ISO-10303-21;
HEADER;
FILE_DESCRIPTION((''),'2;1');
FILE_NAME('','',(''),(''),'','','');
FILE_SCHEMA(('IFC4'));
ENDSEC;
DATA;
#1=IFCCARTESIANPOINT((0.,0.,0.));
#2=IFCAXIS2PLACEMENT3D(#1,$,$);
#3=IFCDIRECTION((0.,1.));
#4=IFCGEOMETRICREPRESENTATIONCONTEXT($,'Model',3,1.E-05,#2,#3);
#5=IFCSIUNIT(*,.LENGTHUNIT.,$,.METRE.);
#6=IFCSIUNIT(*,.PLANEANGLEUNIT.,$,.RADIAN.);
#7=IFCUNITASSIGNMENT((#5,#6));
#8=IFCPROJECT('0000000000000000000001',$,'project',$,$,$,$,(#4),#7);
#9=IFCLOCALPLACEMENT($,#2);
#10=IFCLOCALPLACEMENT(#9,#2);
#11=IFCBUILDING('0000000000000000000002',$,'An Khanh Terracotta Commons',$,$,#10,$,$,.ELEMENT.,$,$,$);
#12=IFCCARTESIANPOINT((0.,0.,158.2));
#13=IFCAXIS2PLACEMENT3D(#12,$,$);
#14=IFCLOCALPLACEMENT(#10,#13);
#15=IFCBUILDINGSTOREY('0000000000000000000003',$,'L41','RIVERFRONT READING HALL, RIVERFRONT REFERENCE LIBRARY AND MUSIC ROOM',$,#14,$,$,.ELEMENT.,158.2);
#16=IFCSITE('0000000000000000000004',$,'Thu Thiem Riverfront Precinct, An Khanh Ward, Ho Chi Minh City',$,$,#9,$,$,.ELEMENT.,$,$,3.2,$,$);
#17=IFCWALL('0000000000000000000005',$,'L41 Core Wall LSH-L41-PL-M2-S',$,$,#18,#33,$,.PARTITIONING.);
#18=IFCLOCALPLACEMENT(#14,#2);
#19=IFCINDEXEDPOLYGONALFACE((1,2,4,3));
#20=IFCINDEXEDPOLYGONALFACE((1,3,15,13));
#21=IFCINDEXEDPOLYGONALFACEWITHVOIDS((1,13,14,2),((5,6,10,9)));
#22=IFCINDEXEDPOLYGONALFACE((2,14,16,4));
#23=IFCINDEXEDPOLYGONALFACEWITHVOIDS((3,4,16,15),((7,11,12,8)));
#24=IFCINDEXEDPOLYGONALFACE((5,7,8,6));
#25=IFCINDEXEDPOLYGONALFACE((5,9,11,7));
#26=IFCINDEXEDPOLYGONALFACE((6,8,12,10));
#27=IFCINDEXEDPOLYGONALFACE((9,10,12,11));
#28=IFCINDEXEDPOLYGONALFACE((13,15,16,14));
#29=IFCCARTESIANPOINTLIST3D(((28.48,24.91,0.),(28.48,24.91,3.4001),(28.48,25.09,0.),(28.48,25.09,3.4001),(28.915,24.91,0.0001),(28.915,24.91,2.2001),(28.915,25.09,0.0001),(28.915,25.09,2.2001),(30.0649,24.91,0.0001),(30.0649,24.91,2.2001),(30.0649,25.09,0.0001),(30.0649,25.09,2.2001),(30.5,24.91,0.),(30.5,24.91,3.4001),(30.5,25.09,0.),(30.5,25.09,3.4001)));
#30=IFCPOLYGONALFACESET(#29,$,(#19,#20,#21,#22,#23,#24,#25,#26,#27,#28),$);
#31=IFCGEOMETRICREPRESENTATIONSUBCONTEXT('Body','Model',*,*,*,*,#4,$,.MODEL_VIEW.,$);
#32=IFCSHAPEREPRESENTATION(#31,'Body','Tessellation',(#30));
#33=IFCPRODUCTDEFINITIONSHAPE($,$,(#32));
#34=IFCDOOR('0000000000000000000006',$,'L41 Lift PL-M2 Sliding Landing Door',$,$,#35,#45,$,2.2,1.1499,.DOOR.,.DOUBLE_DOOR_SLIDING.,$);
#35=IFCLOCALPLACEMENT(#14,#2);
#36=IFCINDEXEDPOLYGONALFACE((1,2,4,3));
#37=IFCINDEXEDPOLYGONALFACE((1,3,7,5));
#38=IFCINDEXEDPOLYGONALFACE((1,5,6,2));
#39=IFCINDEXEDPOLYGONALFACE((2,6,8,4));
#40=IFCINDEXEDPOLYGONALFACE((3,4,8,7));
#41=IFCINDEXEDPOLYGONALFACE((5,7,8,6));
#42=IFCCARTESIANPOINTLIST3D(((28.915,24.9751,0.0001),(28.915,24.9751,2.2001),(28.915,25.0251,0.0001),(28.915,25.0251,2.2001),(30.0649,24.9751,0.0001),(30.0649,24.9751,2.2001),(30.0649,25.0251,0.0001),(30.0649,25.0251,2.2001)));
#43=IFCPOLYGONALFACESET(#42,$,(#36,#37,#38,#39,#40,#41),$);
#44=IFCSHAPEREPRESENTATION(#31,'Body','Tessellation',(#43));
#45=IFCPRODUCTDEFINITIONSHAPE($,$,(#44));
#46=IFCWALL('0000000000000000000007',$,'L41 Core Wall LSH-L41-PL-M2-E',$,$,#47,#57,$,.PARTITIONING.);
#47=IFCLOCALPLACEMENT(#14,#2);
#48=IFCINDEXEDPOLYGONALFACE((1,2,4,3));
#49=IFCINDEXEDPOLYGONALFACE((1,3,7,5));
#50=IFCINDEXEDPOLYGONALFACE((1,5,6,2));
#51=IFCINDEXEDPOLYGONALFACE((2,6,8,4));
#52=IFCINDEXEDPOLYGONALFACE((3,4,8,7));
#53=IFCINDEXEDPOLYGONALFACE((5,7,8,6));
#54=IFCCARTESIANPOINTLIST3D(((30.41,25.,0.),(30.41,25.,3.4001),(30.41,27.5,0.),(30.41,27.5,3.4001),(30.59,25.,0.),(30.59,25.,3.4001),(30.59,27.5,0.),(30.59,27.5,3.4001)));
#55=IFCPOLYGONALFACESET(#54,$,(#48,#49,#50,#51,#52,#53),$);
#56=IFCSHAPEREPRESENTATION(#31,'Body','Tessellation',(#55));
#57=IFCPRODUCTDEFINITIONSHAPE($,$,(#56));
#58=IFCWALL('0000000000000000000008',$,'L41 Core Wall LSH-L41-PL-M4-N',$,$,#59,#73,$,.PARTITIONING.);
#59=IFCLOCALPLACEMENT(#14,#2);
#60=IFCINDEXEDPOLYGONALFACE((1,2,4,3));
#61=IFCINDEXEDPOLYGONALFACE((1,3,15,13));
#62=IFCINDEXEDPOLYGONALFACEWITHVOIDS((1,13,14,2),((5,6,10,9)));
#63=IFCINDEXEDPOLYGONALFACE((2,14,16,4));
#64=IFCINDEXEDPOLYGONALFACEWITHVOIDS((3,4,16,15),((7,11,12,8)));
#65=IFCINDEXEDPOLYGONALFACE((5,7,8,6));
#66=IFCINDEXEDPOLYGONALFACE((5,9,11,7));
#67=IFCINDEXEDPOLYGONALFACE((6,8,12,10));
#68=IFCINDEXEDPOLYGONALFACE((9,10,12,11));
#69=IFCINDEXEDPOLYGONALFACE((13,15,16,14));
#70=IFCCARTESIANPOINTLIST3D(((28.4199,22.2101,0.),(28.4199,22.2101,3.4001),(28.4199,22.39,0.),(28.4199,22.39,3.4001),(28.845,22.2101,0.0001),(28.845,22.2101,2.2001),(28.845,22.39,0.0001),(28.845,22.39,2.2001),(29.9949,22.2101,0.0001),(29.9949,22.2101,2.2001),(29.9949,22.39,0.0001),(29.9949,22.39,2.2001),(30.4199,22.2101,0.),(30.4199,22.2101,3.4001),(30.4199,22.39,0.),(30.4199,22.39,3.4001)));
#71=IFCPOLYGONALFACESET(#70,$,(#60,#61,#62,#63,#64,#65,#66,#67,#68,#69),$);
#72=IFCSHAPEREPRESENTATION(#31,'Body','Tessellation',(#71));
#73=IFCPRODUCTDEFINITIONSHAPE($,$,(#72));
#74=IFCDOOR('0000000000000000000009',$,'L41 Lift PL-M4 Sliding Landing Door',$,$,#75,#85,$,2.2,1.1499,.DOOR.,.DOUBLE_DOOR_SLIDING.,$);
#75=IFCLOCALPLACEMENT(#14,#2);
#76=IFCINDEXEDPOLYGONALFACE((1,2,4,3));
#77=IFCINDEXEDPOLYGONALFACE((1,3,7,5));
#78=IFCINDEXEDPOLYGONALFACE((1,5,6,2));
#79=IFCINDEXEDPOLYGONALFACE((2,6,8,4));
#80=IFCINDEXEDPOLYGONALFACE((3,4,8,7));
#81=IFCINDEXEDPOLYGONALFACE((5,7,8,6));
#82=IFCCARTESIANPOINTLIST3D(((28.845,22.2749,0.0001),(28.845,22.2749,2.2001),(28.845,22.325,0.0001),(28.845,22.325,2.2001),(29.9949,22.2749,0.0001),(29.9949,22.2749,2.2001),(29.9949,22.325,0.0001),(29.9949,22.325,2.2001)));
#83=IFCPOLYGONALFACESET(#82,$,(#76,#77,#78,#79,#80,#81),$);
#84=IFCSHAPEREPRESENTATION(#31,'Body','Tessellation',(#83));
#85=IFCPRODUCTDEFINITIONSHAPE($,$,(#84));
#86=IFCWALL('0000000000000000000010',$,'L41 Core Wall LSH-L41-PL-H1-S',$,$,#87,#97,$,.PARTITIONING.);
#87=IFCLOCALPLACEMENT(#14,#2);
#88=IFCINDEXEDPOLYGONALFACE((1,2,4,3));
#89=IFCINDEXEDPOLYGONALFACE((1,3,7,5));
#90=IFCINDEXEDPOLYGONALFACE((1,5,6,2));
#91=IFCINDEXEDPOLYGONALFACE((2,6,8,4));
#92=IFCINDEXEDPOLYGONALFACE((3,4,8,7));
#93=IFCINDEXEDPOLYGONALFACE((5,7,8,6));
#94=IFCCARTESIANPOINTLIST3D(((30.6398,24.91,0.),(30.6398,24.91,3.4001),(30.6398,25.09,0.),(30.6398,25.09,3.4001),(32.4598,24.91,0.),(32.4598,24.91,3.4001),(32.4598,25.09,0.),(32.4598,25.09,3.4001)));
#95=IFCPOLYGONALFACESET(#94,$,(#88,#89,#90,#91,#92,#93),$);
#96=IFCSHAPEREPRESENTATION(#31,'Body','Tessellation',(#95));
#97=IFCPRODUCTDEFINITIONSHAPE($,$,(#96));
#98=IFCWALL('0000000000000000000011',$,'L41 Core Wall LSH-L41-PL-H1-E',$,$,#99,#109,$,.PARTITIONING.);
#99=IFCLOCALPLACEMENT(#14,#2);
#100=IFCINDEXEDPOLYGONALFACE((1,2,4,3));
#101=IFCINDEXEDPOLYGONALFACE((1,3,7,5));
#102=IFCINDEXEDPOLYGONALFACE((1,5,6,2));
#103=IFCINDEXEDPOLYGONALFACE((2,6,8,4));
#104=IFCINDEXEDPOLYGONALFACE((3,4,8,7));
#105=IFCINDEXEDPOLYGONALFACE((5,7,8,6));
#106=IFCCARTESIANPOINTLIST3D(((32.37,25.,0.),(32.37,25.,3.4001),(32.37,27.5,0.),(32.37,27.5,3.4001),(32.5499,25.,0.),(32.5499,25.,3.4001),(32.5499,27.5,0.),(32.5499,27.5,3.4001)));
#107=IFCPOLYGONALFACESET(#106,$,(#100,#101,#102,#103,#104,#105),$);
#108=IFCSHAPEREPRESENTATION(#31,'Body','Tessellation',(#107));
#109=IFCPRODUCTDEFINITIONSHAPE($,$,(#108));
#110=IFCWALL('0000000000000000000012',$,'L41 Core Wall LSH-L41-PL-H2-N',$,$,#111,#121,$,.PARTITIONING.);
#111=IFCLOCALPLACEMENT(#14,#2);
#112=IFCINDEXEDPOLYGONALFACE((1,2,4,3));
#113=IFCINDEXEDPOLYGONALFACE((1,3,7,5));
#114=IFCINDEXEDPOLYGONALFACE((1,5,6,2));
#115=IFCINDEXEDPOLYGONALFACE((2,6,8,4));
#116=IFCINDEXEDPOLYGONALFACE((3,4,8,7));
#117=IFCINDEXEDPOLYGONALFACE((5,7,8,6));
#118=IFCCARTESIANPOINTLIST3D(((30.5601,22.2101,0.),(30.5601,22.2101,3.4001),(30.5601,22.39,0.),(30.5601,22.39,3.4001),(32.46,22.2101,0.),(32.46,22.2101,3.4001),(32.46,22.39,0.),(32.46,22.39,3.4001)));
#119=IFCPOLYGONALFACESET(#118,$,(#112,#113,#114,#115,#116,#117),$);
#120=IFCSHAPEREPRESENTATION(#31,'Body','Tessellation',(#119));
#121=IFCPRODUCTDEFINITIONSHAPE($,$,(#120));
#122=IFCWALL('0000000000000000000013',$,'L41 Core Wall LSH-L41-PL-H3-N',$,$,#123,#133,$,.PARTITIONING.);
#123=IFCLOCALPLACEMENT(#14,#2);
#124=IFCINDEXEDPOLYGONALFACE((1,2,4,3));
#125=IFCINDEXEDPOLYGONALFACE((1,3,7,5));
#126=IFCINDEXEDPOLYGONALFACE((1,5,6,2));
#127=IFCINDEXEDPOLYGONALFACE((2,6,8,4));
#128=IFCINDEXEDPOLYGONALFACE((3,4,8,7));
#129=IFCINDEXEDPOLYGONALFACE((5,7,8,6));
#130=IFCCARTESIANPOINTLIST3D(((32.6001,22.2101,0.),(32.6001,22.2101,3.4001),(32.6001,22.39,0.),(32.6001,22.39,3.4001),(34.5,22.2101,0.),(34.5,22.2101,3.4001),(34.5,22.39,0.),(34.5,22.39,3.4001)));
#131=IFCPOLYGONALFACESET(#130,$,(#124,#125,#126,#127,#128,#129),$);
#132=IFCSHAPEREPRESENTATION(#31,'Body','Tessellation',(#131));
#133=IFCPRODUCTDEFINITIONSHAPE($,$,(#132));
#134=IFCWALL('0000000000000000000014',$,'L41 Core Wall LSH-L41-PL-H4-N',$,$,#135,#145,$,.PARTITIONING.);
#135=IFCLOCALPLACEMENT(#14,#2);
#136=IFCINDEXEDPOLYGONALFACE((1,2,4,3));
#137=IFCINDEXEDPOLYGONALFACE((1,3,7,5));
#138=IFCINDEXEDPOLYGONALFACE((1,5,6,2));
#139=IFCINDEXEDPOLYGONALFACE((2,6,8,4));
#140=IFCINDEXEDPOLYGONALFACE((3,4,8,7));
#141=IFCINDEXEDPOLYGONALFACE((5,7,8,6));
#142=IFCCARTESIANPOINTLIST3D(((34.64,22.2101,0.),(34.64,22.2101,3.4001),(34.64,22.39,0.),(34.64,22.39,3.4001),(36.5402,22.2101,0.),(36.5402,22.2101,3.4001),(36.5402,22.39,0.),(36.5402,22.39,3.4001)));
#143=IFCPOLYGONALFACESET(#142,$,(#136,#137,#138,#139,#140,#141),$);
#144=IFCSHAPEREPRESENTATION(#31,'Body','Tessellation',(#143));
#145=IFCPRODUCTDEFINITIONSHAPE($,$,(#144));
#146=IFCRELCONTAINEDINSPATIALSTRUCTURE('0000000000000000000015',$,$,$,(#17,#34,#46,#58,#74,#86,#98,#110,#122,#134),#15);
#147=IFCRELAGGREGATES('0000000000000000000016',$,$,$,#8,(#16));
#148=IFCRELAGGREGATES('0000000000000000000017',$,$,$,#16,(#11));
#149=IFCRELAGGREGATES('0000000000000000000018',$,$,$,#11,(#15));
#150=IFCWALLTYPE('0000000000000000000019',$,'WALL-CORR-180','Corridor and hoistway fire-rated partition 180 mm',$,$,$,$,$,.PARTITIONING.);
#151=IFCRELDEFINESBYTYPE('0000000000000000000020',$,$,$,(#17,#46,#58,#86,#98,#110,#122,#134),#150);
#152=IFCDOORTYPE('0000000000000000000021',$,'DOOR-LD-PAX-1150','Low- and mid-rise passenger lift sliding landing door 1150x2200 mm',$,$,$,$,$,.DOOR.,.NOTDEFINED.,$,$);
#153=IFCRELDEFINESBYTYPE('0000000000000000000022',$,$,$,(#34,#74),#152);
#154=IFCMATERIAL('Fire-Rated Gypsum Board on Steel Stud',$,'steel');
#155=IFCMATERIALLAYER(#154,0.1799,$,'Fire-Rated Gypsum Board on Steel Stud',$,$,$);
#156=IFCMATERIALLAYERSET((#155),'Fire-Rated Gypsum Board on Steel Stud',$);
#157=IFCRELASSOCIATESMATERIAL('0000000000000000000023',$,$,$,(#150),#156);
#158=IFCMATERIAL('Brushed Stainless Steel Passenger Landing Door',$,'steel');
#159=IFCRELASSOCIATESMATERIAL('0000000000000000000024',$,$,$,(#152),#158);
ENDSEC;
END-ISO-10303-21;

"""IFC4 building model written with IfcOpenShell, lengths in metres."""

from ifc_helpers import new_model, si_unit, direction, frame, frame_2d, origin, place, context, subcontext, project, spatial, rectangle, extrude, material, layer, layer_set, type_object, element, fill, save


model = new_model("IFC4")

# Units and contexts
model_context = context("Model", 3, precision=1e-05, world=origin(), true_north=direction((0.0, 1.0)))
body_context = subcontext(model_context, "Body", "Model", "MODEL_VIEW")
ifc_project = project(units=[si_unit("LENGTHUNIT", "METRE"), si_unit("PLANEANGLEUNIT", "RADIAN")], contexts=[model_context])

# Site, building, storey
site_placement = place(None, origin())
site = spatial("IfcSite", under=ifc_project, at=site_placement, Name="Thu Thiem Riverfront Precinct, An Khanh Ward, Ho Chi Minh City", CompositionType="ELEMENT", RefElevation=3.2)
building_placement = place(site_placement, origin())
building = spatial("IfcBuilding", under=site, at=building_placement, Name="An Khanh Terracotta Commons", CompositionType="ELEMENT")
storey_placement = place(building_placement, frame((0.0, 0.0, 158.2)))
storey = spatial("IfcBuildingStorey", under=building, at=storey_placement, Name="L41", Description="RIVERFRONT READING HALL, RIVERFRONT REFERENCE LIBRARY AND MUSIC ROOM", CompositionType="ELEMENT", Elevation=158.2)

# Shared definitions
ifc_material_1 = material(Name="Fire-Rated Gypsum Board on Steel Stud", Category="steel")
ifc_layer = layer(ifc_material_1, 0.1799, Name="Fire-Rated Gypsum Board on Steel Stud")
ifc_layer_set = layer_set([ifc_layer], Name="Fire-Rated Gypsum Board on Steel Stud")
wall_type = type_object("IfcWallType", Name="WALL-CORR-180", Description="Corridor and hoistway fire-rated partition 180 mm", PredefinedType="PARTITIONING", material=ifc_layer_set)

# Shared definitions
ifc_material_2 = material(Name="Brushed Stainless Steel Passenger Landing Door", Category="steel")
door_type = type_object("IfcDoorType", Name="DOOR-LD-PAX-1150", Description="Low- and mid-rise passenger lift sliding landing door 1150x2200 mm", OperationType="NOTDEFINED", PredefinedType="DOOR", material=ifc_material_2)

# Wall, opening, door
wall_1_placement = place(storey_placement, frame((30.5, 25.0, 0.0), z_axis=(0.0, 0.0, 1.0), x_axis=(-1.0, 0.0, 0.0)))
wall_1 = element("IfcWall", 1, at=wall_1_placement, inside=storey, type_object=wall_type, Name="L41 Core Wall LSH-L41-PL-M2-S", PredefinedType="PARTITIONING", context=body_context, shape_type="SweptSolid", body=[
    extrude(rectangle(XDim=2.02, YDim=0.1799, at=frame_2d((1.01, 0.0))), origin(), (0.0, 0.0, 1.0), 3.4001),
])
opening_1_placement = place(wall_1_placement, frame((0.4351, 0.0, 0.0)))
opening_1 = element("IfcOpeningElement", 2, at=opening_1_placement, cuts=wall_1, PredefinedType="OPENING", context=body_context, shape_type="SweptSolid", body=[
    extrude(rectangle(XDim=1.1499, YDim=2.2, at=frame_2d((0.575, 1.1001))), frame((0.0, 0.0999, 0.0), z_axis=(0.0, -1.0, 0.0), x_axis=(1.0, 0.0, 0.0)), (0.0, 0.0, 1.0), 0.2),
])
door_1_placement = place(opening_1_placement, origin())
door_1 = element("IfcDoor", 3, at=door_1_placement, inside=storey, type_object=door_type, Name="L41 Lift PL-M2 Sliding Landing Door", OperationType="DOUBLE_DOOR_SLIDING", OverallHeight=2.2, OverallWidth=1.1499, PredefinedType="DOOR", context=body_context, shape_type="SweptSolid", body=[
    extrude(rectangle(XDim=1.1499, YDim=2.2, at=frame_2d((0.575, 1.1001))), frame((0.0, 0.0249, 0.0), z_axis=(0.0, -1.0, 0.0), x_axis=(1.0, 0.0, 0.0)), (0.0, 0.0, 1.0), 0.05),
])
fill(opening_1, door_1)

# Wall
wall_2_placement = place(storey_placement, frame((30.5, 25.0, 0.0), z_axis=(0.0, 0.0, 1.0), x_axis=(0.0, 1.0, 0.0)))
element("IfcWall", 4, at=wall_2_placement, inside=storey, type_object=wall_type, Name="L41 Core Wall LSH-L41-PL-M2-E", PredefinedType="PARTITIONING", context=body_context, shape_type="SweptSolid", body=[
    extrude(rectangle(XDim=2.5, YDim=0.1799, at=frame_2d((1.25, 0.0))), origin(), (0.0, 0.0, 1.0), 3.4001),
])

# Wall, opening, door
wall_3_placement = place(storey_placement, frame((28.4199, 22.3, 0.0), z_axis=(0.0, 0.0, 1.0), x_axis=(1.0, 0.0, 0.0)))
wall_3 = element("IfcWall", 5, at=wall_3_placement, inside=storey, type_object=wall_type, Name="L41 Core Wall LSH-L41-PL-M4-N", PredefinedType="PARTITIONING", context=body_context, shape_type="SweptSolid", body=[
    extrude(rectangle(XDim=2.0, YDim=0.1799, at=frame_2d((1.0, 0.0))), origin(), (0.0, 0.0, 1.0), 3.4001),
])
opening_2_placement = place(wall_3_placement, frame((0.425, 0.0, 0.0)))
opening_2 = element("IfcOpeningElement", 6, at=opening_2_placement, cuts=wall_3, PredefinedType="OPENING", context=body_context, shape_type="SweptSolid", body=[
    extrude(rectangle(XDim=1.1499, YDim=2.2, at=frame_2d((0.575, 1.1001))), frame((0.0, 0.0999, 0.0), z_axis=(0.0, -1.0, 0.0), x_axis=(1.0, 0.0, 0.0)), (0.0, 0.0, 1.0), 0.2),
])
door_2_placement = place(opening_2_placement, origin())
door_2 = element("IfcDoor", 7, at=door_2_placement, inside=storey, type_object=door_type, Name="L41 Lift PL-M4 Sliding Landing Door", OperationType="DOUBLE_DOOR_SLIDING", OverallHeight=2.2, OverallWidth=1.1499, PredefinedType="DOOR", context=body_context, shape_type="SweptSolid", body=[
    extrude(rectangle(XDim=1.1499, YDim=2.2, at=frame_2d((0.575, 1.1001))), frame((0.0, 0.0249, 0.0), z_axis=(0.0, -1.0, 0.0), x_axis=(1.0, 0.0, 0.0)), (0.0, 0.0, 1.0), 0.05),
])
fill(opening_2, door_2)

# Walls
wall_4_placement = place(storey_placement, frame((32.46, 25.0, 0.0), z_axis=(0.0, 0.0, 1.0), x_axis=(-1.0, 0.0, 0.0)))
element("IfcWall", 8, at=wall_4_placement, inside=storey, type_object=wall_type, Name="L41 Core Wall LSH-L41-PL-H1-S", PredefinedType="PARTITIONING", context=body_context, shape_type="SweptSolid", body=[
    extrude(rectangle(XDim=1.8201, YDim=0.1799, at=frame_2d((0.9102, 0.0))), origin(), (0.0, 0.0, 1.0), 3.4001),
])
wall_5_placement = place(storey_placement, frame((32.46, 25.0, 0.0), z_axis=(0.0, 0.0, 1.0), x_axis=(0.0, 1.0, 0.0)))
element("IfcWall", 9, at=wall_5_placement, inside=storey, type_object=wall_type, Name="L41 Core Wall LSH-L41-PL-H1-E", PredefinedType="PARTITIONING", context=body_context, shape_type="SweptSolid", body=[
    extrude(rectangle(XDim=2.5, YDim=0.1799, at=frame_2d((1.25, 0.0))), origin(), (0.0, 0.0, 1.0), 3.4001),
])
for number, where, z_axis, x_axis, name in (
    (10, (30.5601, 22.3, 0.0), (0.0, 0.0, 1.0), (1.0, 0.0, 0.0), "L41 Core Wall LSH-L41-PL-H2-N"),
    (11, (32.6001, 22.3, 0.0), (0.0, 0.0, 1.0), (1.0, 0.0, 0.0), "L41 Core Wall LSH-L41-PL-H3-N"),
):
    element("IfcWall", number, at=place(storey_placement, frame(where, z_axis=z_axis, x_axis=x_axis)), inside=storey, type_object=wall_type, Name=name, PredefinedType="PARTITIONING", context=body_context, shape_type="SweptSolid", body=[
        extrude(rectangle(XDim=1.8999, YDim=0.1799, at=frame_2d((0.95, 0.0))), origin(), (0.0, 0.0, 1.0), 3.4001),
    ])
wall_6_placement = place(storey_placement, frame((34.6399, 22.3, 0.0), z_axis=(0.0, 0.0, 1.0), x_axis=(1.0, 0.0, 0.0)))
element("IfcWall", 12, at=wall_6_placement, inside=storey, type_object=wall_type, Name="L41 Core Wall LSH-L41-PL-H4-N", PredefinedType="PARTITIONING", context=body_context, shape_type="SweptSolid", body=[
    extrude(rectangle(XDim=1.9001, YDim=0.1799, at=frame_2d((0.9502, 0.0))), origin(), (0.0, 0.0, 1.0), 3.4001),
])

save(model, "model.ifc")
